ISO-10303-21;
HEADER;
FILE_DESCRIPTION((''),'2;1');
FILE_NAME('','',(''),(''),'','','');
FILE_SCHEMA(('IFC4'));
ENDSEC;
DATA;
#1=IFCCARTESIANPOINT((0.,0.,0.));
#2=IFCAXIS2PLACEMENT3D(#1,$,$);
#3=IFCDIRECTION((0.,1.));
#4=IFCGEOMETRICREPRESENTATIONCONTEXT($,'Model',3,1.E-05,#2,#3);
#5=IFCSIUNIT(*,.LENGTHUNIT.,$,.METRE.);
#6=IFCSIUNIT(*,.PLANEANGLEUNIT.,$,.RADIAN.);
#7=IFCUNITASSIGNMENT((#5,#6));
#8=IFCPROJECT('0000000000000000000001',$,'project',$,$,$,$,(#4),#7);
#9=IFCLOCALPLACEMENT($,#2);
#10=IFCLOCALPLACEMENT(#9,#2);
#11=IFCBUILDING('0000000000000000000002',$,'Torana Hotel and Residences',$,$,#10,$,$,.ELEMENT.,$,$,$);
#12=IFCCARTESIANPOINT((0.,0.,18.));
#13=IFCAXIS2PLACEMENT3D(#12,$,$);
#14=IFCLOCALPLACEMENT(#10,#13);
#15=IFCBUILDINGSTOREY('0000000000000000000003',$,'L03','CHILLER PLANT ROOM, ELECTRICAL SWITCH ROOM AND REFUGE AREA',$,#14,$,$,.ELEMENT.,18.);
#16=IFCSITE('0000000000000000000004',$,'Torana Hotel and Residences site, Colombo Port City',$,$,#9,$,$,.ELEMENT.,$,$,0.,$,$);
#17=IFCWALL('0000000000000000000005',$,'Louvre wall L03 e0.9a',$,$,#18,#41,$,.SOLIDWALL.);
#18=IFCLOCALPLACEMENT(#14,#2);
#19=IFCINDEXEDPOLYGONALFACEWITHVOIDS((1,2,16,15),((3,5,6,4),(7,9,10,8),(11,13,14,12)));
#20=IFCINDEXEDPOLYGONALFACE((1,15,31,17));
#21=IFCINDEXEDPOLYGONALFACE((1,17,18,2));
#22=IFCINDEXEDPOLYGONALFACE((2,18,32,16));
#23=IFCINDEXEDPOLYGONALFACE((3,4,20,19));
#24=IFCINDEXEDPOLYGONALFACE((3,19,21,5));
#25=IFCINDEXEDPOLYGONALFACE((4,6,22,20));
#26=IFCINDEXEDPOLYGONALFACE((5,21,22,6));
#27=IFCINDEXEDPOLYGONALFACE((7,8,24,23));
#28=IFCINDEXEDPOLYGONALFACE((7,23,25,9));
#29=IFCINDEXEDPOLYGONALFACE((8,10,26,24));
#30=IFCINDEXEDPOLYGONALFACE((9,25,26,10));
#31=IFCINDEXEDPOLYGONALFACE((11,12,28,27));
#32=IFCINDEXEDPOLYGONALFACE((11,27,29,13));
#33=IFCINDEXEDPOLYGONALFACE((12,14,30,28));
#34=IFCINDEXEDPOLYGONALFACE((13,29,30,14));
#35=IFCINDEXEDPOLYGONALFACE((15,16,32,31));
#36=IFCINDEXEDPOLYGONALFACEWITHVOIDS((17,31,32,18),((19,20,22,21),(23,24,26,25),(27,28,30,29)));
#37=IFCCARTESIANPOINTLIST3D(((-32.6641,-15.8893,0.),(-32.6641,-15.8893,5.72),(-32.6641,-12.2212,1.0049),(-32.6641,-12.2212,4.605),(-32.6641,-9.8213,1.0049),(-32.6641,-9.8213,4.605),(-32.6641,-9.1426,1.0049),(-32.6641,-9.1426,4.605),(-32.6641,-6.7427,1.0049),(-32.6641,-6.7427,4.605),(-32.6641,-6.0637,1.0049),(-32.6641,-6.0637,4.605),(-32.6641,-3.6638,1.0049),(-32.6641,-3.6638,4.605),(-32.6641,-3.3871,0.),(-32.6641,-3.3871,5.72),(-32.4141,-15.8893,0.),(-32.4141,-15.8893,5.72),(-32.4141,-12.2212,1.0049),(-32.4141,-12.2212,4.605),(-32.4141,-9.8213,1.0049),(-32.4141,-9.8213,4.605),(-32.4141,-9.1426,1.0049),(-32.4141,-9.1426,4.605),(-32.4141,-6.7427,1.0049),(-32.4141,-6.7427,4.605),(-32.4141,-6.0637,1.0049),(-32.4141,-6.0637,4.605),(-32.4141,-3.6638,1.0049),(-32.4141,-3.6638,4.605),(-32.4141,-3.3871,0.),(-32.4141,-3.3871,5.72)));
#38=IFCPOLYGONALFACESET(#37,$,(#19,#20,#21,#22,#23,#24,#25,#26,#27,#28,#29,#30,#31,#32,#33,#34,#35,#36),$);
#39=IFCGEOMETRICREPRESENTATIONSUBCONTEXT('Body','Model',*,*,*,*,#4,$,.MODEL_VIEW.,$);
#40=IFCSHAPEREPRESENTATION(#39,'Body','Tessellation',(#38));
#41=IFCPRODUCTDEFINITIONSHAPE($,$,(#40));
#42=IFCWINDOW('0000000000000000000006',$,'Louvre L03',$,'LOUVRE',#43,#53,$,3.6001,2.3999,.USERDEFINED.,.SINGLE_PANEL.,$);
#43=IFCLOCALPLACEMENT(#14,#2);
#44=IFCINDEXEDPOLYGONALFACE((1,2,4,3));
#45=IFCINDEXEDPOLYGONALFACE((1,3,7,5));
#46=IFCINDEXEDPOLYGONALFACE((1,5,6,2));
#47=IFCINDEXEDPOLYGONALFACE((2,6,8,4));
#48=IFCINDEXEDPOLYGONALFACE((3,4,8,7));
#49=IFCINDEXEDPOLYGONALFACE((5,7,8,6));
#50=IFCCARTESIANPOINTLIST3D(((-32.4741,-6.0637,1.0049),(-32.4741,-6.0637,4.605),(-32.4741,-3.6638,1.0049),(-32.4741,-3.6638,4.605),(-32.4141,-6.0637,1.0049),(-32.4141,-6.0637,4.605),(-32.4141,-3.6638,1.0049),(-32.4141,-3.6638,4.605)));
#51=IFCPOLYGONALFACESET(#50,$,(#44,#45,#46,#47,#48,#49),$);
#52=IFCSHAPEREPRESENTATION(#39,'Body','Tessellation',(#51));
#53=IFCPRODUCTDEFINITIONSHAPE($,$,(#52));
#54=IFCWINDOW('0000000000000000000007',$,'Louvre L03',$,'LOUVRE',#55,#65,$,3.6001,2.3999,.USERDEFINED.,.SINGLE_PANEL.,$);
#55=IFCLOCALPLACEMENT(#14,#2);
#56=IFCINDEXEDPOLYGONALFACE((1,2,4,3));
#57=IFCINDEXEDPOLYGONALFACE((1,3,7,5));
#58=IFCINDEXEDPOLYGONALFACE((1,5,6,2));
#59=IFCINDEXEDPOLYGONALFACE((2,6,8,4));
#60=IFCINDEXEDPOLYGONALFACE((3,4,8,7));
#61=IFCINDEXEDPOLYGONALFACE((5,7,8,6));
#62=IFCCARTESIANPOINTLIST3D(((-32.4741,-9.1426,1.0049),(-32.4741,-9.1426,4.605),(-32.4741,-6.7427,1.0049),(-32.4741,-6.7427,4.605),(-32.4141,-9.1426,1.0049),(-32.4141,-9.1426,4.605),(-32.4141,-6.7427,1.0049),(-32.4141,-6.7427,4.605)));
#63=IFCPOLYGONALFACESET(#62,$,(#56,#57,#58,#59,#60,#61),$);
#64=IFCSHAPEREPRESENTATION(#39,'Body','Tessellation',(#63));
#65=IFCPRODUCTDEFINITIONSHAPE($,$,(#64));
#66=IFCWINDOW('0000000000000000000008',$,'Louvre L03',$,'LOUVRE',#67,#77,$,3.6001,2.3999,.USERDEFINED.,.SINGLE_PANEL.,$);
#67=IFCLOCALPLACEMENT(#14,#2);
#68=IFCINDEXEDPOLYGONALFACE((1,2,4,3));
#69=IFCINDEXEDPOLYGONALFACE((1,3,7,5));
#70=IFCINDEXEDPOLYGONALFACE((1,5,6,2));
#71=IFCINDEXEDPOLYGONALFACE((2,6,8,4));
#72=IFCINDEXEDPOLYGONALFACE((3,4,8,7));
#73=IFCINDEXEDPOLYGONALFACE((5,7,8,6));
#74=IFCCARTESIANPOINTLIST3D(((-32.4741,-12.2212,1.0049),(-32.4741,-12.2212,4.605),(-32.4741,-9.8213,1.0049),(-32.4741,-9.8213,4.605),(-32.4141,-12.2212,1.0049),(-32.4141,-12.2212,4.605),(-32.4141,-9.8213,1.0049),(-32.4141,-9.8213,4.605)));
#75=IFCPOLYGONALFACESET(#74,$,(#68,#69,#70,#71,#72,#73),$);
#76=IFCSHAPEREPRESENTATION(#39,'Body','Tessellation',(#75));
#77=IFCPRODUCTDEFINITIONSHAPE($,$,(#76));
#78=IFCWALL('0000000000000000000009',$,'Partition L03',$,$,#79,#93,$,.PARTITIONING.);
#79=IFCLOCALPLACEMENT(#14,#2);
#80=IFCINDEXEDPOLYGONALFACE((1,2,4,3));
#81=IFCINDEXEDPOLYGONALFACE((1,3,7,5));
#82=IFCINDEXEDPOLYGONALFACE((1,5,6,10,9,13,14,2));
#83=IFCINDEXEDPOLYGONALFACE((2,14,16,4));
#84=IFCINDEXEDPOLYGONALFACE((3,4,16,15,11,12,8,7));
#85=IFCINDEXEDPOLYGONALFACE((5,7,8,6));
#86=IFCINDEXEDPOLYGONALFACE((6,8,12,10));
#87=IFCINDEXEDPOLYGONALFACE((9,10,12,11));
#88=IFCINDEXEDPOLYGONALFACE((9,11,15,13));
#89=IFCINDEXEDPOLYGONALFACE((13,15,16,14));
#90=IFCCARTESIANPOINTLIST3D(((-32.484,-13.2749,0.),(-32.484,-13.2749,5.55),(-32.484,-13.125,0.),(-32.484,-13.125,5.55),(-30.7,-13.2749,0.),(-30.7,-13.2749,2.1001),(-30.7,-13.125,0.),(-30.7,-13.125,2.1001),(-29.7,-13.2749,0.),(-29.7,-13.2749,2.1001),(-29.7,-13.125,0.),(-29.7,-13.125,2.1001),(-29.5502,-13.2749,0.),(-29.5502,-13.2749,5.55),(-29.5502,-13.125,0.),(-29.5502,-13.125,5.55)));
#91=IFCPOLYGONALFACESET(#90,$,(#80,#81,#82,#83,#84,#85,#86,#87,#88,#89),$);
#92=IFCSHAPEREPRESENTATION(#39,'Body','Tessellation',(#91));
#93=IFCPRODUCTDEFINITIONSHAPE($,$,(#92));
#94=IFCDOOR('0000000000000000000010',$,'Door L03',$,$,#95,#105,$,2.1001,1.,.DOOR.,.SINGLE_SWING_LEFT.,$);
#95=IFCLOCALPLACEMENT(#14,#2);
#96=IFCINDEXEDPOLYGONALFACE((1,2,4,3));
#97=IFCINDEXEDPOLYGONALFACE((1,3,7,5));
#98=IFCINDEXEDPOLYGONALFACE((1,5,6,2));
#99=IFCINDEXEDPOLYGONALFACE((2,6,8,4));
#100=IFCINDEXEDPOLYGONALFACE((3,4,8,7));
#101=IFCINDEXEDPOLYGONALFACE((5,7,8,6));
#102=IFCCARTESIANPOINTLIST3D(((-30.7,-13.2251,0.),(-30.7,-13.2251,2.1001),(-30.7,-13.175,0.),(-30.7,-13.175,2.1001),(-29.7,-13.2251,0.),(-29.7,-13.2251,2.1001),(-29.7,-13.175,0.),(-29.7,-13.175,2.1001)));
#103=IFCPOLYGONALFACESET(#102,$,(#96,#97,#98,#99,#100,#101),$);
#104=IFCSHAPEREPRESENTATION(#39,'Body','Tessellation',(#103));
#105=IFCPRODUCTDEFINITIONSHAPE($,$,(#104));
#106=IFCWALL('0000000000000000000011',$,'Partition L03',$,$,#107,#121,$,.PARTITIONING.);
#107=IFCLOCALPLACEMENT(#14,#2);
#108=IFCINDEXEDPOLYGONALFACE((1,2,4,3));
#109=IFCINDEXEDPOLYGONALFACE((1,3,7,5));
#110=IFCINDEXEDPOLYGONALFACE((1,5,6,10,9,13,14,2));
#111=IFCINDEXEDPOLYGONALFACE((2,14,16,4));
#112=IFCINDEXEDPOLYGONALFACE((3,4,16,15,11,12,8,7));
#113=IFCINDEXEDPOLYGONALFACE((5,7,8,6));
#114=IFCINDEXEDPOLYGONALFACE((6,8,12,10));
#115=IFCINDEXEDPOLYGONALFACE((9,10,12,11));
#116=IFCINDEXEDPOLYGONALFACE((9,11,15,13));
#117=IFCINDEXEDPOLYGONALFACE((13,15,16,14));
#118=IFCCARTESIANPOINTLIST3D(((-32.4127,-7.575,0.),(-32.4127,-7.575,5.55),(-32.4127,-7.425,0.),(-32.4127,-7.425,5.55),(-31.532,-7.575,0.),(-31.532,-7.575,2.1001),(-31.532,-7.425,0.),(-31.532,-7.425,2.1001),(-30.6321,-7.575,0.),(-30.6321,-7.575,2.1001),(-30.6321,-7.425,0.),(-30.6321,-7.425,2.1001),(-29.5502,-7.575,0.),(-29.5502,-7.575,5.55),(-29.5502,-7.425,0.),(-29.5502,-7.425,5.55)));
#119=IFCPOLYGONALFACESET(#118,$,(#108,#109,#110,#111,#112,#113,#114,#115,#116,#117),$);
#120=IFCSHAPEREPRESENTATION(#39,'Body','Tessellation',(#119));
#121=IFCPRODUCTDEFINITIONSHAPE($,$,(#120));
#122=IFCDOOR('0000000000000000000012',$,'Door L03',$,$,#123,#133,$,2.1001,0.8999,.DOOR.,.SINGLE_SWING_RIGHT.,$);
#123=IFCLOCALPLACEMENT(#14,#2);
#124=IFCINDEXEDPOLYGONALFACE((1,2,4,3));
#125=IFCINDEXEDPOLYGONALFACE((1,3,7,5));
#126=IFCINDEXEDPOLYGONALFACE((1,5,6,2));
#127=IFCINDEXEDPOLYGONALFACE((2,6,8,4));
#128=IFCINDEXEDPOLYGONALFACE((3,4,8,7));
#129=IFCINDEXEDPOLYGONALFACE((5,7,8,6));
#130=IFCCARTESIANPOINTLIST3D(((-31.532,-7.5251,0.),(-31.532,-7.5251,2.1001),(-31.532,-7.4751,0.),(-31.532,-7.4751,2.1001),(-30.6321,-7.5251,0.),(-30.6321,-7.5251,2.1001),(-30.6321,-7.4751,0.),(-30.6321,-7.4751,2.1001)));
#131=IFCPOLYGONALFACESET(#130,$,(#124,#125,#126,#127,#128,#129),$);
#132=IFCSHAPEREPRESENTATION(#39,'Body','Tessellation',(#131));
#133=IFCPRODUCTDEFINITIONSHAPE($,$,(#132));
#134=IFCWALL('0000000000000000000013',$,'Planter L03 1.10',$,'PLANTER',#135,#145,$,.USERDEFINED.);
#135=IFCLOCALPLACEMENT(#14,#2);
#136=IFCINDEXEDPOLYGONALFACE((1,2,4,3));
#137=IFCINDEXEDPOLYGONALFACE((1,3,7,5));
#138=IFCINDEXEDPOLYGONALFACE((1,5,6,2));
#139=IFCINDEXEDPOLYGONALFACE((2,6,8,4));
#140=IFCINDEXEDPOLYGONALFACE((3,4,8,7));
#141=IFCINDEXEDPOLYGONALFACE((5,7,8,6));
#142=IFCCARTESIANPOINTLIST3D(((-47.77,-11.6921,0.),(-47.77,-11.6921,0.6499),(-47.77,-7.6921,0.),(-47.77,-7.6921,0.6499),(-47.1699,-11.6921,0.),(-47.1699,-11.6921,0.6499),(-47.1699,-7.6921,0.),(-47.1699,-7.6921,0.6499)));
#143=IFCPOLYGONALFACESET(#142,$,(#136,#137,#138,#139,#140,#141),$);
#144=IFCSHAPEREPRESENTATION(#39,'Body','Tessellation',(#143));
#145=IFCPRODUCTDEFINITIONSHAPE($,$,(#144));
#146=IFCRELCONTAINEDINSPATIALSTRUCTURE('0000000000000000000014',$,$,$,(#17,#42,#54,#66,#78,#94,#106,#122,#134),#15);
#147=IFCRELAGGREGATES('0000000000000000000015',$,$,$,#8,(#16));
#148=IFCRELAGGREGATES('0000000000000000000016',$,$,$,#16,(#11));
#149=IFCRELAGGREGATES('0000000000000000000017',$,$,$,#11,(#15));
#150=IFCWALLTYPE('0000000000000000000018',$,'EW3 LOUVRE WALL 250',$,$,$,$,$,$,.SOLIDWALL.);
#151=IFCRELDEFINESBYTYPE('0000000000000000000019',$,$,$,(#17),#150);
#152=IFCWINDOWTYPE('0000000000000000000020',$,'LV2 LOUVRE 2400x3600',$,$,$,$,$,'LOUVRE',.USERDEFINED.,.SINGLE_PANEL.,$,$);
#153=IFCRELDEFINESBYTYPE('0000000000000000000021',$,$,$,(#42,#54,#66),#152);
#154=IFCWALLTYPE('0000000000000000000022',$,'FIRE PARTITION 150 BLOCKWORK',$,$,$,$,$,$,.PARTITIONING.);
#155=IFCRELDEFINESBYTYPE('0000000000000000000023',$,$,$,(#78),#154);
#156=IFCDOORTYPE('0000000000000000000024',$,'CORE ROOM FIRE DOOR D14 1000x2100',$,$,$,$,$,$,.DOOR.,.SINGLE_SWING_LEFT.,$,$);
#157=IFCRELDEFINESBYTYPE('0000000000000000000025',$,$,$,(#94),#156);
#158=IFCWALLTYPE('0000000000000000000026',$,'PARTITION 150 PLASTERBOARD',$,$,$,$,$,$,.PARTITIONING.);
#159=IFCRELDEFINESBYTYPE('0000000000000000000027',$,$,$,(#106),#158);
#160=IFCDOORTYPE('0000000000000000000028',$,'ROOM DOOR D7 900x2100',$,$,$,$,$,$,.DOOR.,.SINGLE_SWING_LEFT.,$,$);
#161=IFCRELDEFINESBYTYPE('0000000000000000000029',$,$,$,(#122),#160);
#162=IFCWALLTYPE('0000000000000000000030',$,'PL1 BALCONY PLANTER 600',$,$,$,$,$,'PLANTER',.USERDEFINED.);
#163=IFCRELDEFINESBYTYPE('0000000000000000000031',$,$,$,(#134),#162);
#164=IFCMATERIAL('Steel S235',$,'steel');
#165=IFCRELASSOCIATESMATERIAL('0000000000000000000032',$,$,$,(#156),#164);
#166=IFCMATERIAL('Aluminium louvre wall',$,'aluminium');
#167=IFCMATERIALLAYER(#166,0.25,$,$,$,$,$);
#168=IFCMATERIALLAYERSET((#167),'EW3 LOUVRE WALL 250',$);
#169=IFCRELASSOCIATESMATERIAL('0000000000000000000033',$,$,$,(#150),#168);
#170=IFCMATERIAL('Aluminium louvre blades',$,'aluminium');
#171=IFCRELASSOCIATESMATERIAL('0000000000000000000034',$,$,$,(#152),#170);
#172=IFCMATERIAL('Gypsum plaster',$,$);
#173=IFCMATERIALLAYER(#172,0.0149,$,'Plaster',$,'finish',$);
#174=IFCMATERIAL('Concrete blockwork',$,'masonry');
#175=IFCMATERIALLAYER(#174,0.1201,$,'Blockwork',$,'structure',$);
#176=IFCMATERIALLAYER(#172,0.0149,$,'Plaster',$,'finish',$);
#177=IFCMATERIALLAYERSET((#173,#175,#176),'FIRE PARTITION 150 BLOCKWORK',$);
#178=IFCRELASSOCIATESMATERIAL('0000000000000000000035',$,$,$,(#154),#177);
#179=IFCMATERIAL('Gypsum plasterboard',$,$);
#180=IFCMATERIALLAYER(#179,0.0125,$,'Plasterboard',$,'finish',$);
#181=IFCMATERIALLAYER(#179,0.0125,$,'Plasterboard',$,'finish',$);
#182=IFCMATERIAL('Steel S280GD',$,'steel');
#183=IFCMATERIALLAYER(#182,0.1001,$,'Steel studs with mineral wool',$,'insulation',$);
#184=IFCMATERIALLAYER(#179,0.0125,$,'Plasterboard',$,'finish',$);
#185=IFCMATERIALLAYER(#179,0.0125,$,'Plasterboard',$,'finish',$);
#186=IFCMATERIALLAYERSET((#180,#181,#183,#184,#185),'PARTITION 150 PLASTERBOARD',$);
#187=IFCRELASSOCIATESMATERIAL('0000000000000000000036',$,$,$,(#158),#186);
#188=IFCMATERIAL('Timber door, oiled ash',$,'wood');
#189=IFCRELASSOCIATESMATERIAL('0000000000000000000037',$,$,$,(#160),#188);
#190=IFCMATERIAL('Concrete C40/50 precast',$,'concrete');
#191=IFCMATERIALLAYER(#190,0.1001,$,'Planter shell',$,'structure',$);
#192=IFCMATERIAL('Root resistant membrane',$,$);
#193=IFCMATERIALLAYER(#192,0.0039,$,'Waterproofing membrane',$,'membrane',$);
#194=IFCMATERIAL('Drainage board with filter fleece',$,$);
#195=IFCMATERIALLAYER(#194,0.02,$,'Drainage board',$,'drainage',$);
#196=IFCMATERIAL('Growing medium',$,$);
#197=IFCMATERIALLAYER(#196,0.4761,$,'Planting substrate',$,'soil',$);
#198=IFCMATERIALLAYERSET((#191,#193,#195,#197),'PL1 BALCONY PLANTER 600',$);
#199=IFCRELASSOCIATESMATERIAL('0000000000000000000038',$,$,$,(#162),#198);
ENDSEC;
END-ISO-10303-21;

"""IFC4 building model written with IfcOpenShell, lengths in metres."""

from ifc_helpers import new_model, si_unit, direction, frame, frame_2d, origin, place, context, subcontext, project, spatial, rectangle, extrude, material, layer, layer_set, type_object, element, fill, save


model = new_model("IFC4")

# Units and contexts
model_context = context("Model", 3, precision=1e-05, world=origin(), true_north=direction((0.0, 1.0)))
body_context = subcontext(model_context, "Body", "Model", "MODEL_VIEW")
ifc_project = project(units=[si_unit("LENGTHUNIT", "METRE"), si_unit("PLANEANGLEUNIT", "RADIAN")], contexts=[model_context])

# Site, building, storey
site_placement = place(None, origin())
site = spatial("IfcSite", under=ifc_project, at=site_placement, Name="Torana Hotel and Residences site, Colombo Port City", CompositionType="ELEMENT", RefElevation=0.0)
building_placement = place(site_placement, origin())
building = spatial("IfcBuilding", under=site, at=building_placement, Name="Torana Hotel and Residences", CompositionType="ELEMENT")
storey_placement = place(building_placement, frame((0.0, 0.0, 18.0)))
storey = spatial("IfcBuildingStorey", under=building, at=storey_placement, Name="L03", Description="CHILLER PLANT ROOM, ELECTRICAL SWITCH ROOM AND REFUGE AREA", CompositionType="ELEMENT", Elevation=18.0)

# Shared definitions
ifc_material_1 = material(Name="Steel S235", Category="steel")
door_type_1 = type_object("IfcDoorType", Name="CORE ROOM FIRE DOOR D14 1000x2100", OperationType="SINGLE_SWING_LEFT", PredefinedType="DOOR", material=ifc_material_1)

# Shared definitions
ifc_material_2 = material(Name="Aluminium louvre wall", Category="aluminium")
ifc_layer_1 = layer(ifc_material_2, 0.25)
ifc_layer_set_1 = layer_set([ifc_layer_1], Name="EW3 LOUVRE WALL 250")
wall_type_1 = type_object("IfcWallType", Name="EW3 LOUVRE WALL 250", PredefinedType="SOLIDWALL", material=ifc_layer_set_1)

# Wall, openings, windows
wall_1_placement = place(storey_placement, frame((-32.5391, -3.3872, 0.0), z_axis=(0.0, 0.0, 1.0), x_axis=(0.0, -1.0, 0.0)))
wall_1 = element("IfcWall", 1, at=wall_1_placement, inside=storey, type_object=wall_type_1, Name="Louvre wall L03 e0.9a", PredefinedType="SOLIDWALL", context=body_context, shape_type="SweptSolid", body=[
    extrude(rectangle(XDim=12.5022, YDim=0.25, at=frame_2d((6.251, 0.0))), origin(), (0.0, 0.0, 1.0), 5.72),
])
opening_1_placement = place(wall_1_placement, frame((0.2766, 0.0, 1.0049)))
opening_1 = element("IfcOpeningElement", 2, at=opening_1_placement, cuts=wall_1, PredefinedType="OPENING", context=body_context, shape_type="SweptSolid", body=[
    extrude(rectangle(XDim=2.3999, YDim=3.6001, at=frame_2d((1.2, 1.8))), frame((0.0, 0.135, 0.0), z_axis=(0.0, -1.0, 0.0), x_axis=(1.0, 0.0, 0.0)), (0.0, 0.0, 1.0), 0.27),
])
opening_2_placement = place(wall_1_placement, frame((3.3555, 0.0, 1.0049)))
opening_2 = element("IfcOpeningElement", 3, at=opening_2_placement, cuts=wall_1, PredefinedType="OPENING", context=body_context, shape_type="SweptSolid", body=[
    extrude(rectangle(XDim=2.3999, YDim=3.6001, at=frame_2d((1.2, 1.8))), frame((0.0, 0.135, 0.0), z_axis=(0.0, -1.0, 0.0), x_axis=(1.0, 0.0, 0.0)), (0.0, 0.0, 1.0), 0.27),
])
opening_3_placement = place(wall_1_placement, frame((6.4341, 0.0, 1.0049)))
opening_3 = element("IfcOpeningElement", 4, at=opening_3_placement, cuts=wall_1, PredefinedType="OPENING", context=body_context, shape_type="SweptSolid", body=[
    extrude(rectangle(XDim=2.3999, YDim=3.6001, at=frame_2d((1.2, 1.8))), frame((0.0, 0.135, 0.0), z_axis=(0.0, -1.0, 0.0), x_axis=(1.0, 0.0, 0.0)), (0.0, 0.0, 1.0), 0.27),
])
ifc_material_3 = material(Name="Aluminium louvre blades", Category="aluminium")
window_type = type_object("IfcWindowType", Name="LV2 LOUVRE 2400x3600", ElementType="LOUVRE", PartitioningType="SINGLE_PANEL", PredefinedType="USERDEFINED", material=ifc_material_3)
window_1_placement = place(opening_1_placement, origin())
window_1 = element("IfcWindow", 5, at=window_1_placement, inside=storey, type_object=window_type, Name="Louvre L03", ObjectType="LOUVRE", OverallHeight=3.6001, OverallWidth=2.3999, PartitioningType="SINGLE_PANEL", PredefinedType="USERDEFINED", context=body_context, shape_type="SweptSolid", body=[
    extrude(rectangle(XDim=2.3999, YDim=3.6001, at=frame_2d((1.2, 1.8))), frame((0.0, 0.125, 0.0), z_axis=(0.0, -1.0, 0.0), x_axis=(1.0, 0.0, 0.0)), (0.0, 0.0, 1.0), 0.0601),
])
fill(opening_1, window_1)
window_2_placement = place(opening_2_placement, origin())
window_2 = element("IfcWindow", 6, at=window_2_placement, inside=storey, type_object=window_type, Name="Louvre L03", ObjectType="LOUVRE", OverallHeight=3.6001, OverallWidth=2.3999, PartitioningType="SINGLE_PANEL", PredefinedType="USERDEFINED", context=body_context, shape_type="SweptSolid", body=[
    extrude(rectangle(XDim=2.3999, YDim=3.6001, at=frame_2d((1.2, 1.8))), frame((0.0, 0.125, 0.0), z_axis=(0.0, -1.0, 0.0), x_axis=(1.0, 0.0, 0.0)), (0.0, 0.0, 1.0), 0.0601),
])
fill(opening_2, window_2)
window_3_placement = place(opening_3_placement, origin())
window_3 = element("IfcWindow", 7, at=window_3_placement, inside=storey, type_object=window_type, Name="Louvre L03", ObjectType="LOUVRE", OverallHeight=3.6001, OverallWidth=2.3999, PartitioningType="SINGLE_PANEL", PredefinedType="USERDEFINED", context=body_context, shape_type="SweptSolid", body=[
    extrude(rectangle(XDim=2.3999, YDim=3.6001, at=frame_2d((1.2, 1.8))), frame((0.0, 0.125, 0.0), z_axis=(0.0, -1.0, 0.0), x_axis=(1.0, 0.0, 0.0)), (0.0, 0.0, 1.0), 0.0601),
])
fill(opening_3, window_3)

# Walls, openings, doors
ifc_material_4 = material(Name="Gypsum plaster")
ifc_layer_2 = layer(ifc_material_4, 0.0149, Name="Plaster", Category="finish")
ifc_material_5 = material(Name="Concrete blockwork", Category="masonry")
ifc_layer_3 = layer(ifc_material_5, 0.1201, Name="Blockwork", Category="structure")
ifc_layer_4 = layer(ifc_material_4, 0.0149, Name="Plaster", Category="finish")
ifc_layer_set_2 = layer_set([ifc_layer_2, ifc_layer_3, ifc_layer_4], Name="FIRE PARTITION 150 BLOCKWORK")
wall_type_2 = type_object("IfcWallType", Name="FIRE PARTITION 150 BLOCKWORK", PredefinedType="PARTITIONING", material=ifc_layer_set_2)
wall_2_placement = place(storey_placement, frame((-32.4839, -13.2, 0.0), z_axis=(0.0, 0.0, 1.0), x_axis=(1.0, 0.0, 0.0)))
wall_2 = element("IfcWall", 8, at=wall_2_placement, inside=storey, type_object=wall_type_2, Name="Partition L03", PredefinedType="PARTITIONING", context=body_context, shape_type="SweptSolid", body=[
    extrude(rectangle(XDim=2.9338, YDim=0.1499, at=frame_2d((1.4668, 0.0))), origin(), (0.0, 0.0, 1.0), 5.55),
])
opening_4_placement = place(wall_2_placement, frame((1.7839, 0.0, 0.0)))
opening_4 = element("IfcOpeningElement", 9, at=opening_4_placement, cuts=wall_2, PredefinedType="OPENING", context=body_context, shape_type="SweptSolid", body=[
    extrude(rectangle(XDim=1.0, YDim=2.1001, at=frame_2d((0.5, 1.05))), frame((0.0, 0.085, 0.0), z_axis=(0.0, -1.0, 0.0), x_axis=(1.0, 0.0, 0.0)), (0.0, 0.0, 1.0), 0.1699),
])
door_1_placement = place(opening_4_placement, origin())
door_1 = element("IfcDoor", 10, at=door_1_placement, inside=storey, type_object=door_type_1, Name="Door L03", OperationType="SINGLE_SWING_LEFT", OverallHeight=2.1001, OverallWidth=1.0, PredefinedType="DOOR", context=body_context, shape_type="SweptSolid", body=[
    extrude(rectangle(XDim=1.0, YDim=2.1001, at=frame_2d((0.5, 1.05))), frame((0.0, 0.0249, 0.0), z_axis=(0.0, -1.0, 0.0), x_axis=(1.0, 0.0, 0.0)), (0.0, 0.0, 1.0), 0.05),
])
fill(opening_4, door_1)
ifc_material_6 = material(Name="Gypsum plasterboard")
ifc_layer_5 = layer(ifc_material_6, 0.0125, Name="Plasterboard", Category="finish")
ifc_layer_6 = layer(ifc_material_6, 0.0125, Name="Plasterboard", Category="finish")
ifc_material_7 = material(Name="Steel S280GD", Category="steel")
ifc_layer_7 = layer(ifc_material_7, 0.1001, Name="Steel studs with mineral wool", Category="insulation")
ifc_layer_8 = layer(ifc_material_6, 0.0125, Name="Plasterboard", Category="finish")
ifc_layer_9 = layer(ifc_material_6, 0.0125, Name="Plasterboard", Category="finish")
ifc_layer_set_3 = layer_set([ifc_layer_5, ifc_layer_6, ifc_layer_7, ifc_layer_8, ifc_layer_9], Name="PARTITION 150 PLASTERBOARD")
wall_type_3 = type_object("IfcWallType", Name="PARTITION 150 PLASTERBOARD", PredefinedType="PARTITIONING", material=ifc_layer_set_3)
wall_3_placement = place(storey_placement, frame((-32.4126, -7.5, 0.0), z_axis=(0.0, 0.0, 1.0), x_axis=(1.0, 0.0, 0.0)))
wall_3 = element("IfcWall", 11, at=wall_3_placement, inside=storey, type_object=wall_type_3, Name="Partition L03", PredefinedType="PARTITIONING", context=body_context, shape_type="SweptSolid", body=[
    extrude(rectangle(XDim=2.8625, YDim=0.1499, at=frame_2d((1.4312, 0.0))), origin(), (0.0, 0.0, 1.0), 5.55),
])
opening_5_placement = place(wall_3_placement, frame((0.8806, 0.0, 0.0)))
opening_5 = element("IfcOpeningElement", 12, at=opening_5_placement, cuts=wall_3, PredefinedType="OPENING", context=body_context, shape_type="SweptSolid", body=[
    extrude(rectangle(XDim=0.8999, YDim=2.1001, at=frame_2d((0.45, 1.05))), frame((0.0, 0.085, 0.0), z_axis=(0.0, -1.0, 0.0), x_axis=(1.0, 0.0, 0.0)), (0.0, 0.0, 1.0), 0.1699),
])
ifc_material_8 = material(Name="Timber door, oiled ash", Category="wood")
door_type_2 = type_object("IfcDoorType", Name="ROOM DOOR D7 900x2100", OperationType="SINGLE_SWING_LEFT", PredefinedType="DOOR", material=ifc_material_8)
door_2_placement = place(opening_5_placement, origin())
door_2 = element("IfcDoor", 13, at=door_2_placement, inside=storey, type_object=door_type_2, Name="Door L03", OperationType="SINGLE_SWING_RIGHT", OverallHeight=2.1001, OverallWidth=0.8999, PredefinedType="DOOR", context=body_context, shape_type="SweptSolid", body=[
    extrude(rectangle(XDim=0.8999, YDim=2.1001, at=frame_2d((0.45, 1.05))), frame((0.0, 0.0249, 0.0), z_axis=(0.0, -1.0, 0.0), x_axis=(1.0, 0.0, 0.0)), (0.0, 0.0, 1.0), 0.05),
])
fill(opening_5, door_2)

# Wall
ifc_material_9 = material(Name="Concrete C40/50 precast", Category="concrete")
ifc_layer_10 = layer(ifc_material_9, 0.1001, Name="Planter shell", Category="structure")
ifc_material_10 = material(Name="Root resistant membrane")
ifc_layer_11 = layer(ifc_material_10, 0.0039, Name="Waterproofing membrane", Category="membrane")
ifc_material_11 = material(Name="Drainage board with filter fleece")
ifc_layer_12 = layer(ifc_material_11, 0.02, Name="Drainage board", Category="drainage")
ifc_material_12 = material(Name="Growing medium")
ifc_layer_13 = layer(ifc_material_12, 0.4761, Name="Planting substrate", Category="soil")
ifc_layer_set_4 = layer_set([ifc_layer_10, ifc_layer_11, ifc_layer_12, ifc_layer_13], Name="PL1 BALCONY PLANTER 600")
wall_type_4 = type_object("IfcWallType", Name="PL1 BALCONY PLANTER 600", ElementType="PLANTER", PredefinedType="USERDEFINED", material=ifc_layer_set_4)
for number, where, z_axis, x_axis, name in (
    (14, (-47.47, -11.6921, 0.0), (0.0, 0.0, 1.0), (0.0, 1.0, 0.0), "Planter L03 1.10"),
):
    element("IfcWall", number, at=place(storey_placement, frame(where, z_axis=z_axis, x_axis=x_axis)), inside=storey, type_object=wall_type_4, Name=name, ObjectType="PLANTER", PredefinedType="USERDEFINED", context=body_context, shape_type="SweptSolid", body=[
        extrude(rectangle(XDim=4.0, YDim=0.6001, at=frame_2d((2.0, 0.0))), origin(), (0.0, 0.0, 1.0), 0.6499),
    ])

save(model, "model.ifc")
